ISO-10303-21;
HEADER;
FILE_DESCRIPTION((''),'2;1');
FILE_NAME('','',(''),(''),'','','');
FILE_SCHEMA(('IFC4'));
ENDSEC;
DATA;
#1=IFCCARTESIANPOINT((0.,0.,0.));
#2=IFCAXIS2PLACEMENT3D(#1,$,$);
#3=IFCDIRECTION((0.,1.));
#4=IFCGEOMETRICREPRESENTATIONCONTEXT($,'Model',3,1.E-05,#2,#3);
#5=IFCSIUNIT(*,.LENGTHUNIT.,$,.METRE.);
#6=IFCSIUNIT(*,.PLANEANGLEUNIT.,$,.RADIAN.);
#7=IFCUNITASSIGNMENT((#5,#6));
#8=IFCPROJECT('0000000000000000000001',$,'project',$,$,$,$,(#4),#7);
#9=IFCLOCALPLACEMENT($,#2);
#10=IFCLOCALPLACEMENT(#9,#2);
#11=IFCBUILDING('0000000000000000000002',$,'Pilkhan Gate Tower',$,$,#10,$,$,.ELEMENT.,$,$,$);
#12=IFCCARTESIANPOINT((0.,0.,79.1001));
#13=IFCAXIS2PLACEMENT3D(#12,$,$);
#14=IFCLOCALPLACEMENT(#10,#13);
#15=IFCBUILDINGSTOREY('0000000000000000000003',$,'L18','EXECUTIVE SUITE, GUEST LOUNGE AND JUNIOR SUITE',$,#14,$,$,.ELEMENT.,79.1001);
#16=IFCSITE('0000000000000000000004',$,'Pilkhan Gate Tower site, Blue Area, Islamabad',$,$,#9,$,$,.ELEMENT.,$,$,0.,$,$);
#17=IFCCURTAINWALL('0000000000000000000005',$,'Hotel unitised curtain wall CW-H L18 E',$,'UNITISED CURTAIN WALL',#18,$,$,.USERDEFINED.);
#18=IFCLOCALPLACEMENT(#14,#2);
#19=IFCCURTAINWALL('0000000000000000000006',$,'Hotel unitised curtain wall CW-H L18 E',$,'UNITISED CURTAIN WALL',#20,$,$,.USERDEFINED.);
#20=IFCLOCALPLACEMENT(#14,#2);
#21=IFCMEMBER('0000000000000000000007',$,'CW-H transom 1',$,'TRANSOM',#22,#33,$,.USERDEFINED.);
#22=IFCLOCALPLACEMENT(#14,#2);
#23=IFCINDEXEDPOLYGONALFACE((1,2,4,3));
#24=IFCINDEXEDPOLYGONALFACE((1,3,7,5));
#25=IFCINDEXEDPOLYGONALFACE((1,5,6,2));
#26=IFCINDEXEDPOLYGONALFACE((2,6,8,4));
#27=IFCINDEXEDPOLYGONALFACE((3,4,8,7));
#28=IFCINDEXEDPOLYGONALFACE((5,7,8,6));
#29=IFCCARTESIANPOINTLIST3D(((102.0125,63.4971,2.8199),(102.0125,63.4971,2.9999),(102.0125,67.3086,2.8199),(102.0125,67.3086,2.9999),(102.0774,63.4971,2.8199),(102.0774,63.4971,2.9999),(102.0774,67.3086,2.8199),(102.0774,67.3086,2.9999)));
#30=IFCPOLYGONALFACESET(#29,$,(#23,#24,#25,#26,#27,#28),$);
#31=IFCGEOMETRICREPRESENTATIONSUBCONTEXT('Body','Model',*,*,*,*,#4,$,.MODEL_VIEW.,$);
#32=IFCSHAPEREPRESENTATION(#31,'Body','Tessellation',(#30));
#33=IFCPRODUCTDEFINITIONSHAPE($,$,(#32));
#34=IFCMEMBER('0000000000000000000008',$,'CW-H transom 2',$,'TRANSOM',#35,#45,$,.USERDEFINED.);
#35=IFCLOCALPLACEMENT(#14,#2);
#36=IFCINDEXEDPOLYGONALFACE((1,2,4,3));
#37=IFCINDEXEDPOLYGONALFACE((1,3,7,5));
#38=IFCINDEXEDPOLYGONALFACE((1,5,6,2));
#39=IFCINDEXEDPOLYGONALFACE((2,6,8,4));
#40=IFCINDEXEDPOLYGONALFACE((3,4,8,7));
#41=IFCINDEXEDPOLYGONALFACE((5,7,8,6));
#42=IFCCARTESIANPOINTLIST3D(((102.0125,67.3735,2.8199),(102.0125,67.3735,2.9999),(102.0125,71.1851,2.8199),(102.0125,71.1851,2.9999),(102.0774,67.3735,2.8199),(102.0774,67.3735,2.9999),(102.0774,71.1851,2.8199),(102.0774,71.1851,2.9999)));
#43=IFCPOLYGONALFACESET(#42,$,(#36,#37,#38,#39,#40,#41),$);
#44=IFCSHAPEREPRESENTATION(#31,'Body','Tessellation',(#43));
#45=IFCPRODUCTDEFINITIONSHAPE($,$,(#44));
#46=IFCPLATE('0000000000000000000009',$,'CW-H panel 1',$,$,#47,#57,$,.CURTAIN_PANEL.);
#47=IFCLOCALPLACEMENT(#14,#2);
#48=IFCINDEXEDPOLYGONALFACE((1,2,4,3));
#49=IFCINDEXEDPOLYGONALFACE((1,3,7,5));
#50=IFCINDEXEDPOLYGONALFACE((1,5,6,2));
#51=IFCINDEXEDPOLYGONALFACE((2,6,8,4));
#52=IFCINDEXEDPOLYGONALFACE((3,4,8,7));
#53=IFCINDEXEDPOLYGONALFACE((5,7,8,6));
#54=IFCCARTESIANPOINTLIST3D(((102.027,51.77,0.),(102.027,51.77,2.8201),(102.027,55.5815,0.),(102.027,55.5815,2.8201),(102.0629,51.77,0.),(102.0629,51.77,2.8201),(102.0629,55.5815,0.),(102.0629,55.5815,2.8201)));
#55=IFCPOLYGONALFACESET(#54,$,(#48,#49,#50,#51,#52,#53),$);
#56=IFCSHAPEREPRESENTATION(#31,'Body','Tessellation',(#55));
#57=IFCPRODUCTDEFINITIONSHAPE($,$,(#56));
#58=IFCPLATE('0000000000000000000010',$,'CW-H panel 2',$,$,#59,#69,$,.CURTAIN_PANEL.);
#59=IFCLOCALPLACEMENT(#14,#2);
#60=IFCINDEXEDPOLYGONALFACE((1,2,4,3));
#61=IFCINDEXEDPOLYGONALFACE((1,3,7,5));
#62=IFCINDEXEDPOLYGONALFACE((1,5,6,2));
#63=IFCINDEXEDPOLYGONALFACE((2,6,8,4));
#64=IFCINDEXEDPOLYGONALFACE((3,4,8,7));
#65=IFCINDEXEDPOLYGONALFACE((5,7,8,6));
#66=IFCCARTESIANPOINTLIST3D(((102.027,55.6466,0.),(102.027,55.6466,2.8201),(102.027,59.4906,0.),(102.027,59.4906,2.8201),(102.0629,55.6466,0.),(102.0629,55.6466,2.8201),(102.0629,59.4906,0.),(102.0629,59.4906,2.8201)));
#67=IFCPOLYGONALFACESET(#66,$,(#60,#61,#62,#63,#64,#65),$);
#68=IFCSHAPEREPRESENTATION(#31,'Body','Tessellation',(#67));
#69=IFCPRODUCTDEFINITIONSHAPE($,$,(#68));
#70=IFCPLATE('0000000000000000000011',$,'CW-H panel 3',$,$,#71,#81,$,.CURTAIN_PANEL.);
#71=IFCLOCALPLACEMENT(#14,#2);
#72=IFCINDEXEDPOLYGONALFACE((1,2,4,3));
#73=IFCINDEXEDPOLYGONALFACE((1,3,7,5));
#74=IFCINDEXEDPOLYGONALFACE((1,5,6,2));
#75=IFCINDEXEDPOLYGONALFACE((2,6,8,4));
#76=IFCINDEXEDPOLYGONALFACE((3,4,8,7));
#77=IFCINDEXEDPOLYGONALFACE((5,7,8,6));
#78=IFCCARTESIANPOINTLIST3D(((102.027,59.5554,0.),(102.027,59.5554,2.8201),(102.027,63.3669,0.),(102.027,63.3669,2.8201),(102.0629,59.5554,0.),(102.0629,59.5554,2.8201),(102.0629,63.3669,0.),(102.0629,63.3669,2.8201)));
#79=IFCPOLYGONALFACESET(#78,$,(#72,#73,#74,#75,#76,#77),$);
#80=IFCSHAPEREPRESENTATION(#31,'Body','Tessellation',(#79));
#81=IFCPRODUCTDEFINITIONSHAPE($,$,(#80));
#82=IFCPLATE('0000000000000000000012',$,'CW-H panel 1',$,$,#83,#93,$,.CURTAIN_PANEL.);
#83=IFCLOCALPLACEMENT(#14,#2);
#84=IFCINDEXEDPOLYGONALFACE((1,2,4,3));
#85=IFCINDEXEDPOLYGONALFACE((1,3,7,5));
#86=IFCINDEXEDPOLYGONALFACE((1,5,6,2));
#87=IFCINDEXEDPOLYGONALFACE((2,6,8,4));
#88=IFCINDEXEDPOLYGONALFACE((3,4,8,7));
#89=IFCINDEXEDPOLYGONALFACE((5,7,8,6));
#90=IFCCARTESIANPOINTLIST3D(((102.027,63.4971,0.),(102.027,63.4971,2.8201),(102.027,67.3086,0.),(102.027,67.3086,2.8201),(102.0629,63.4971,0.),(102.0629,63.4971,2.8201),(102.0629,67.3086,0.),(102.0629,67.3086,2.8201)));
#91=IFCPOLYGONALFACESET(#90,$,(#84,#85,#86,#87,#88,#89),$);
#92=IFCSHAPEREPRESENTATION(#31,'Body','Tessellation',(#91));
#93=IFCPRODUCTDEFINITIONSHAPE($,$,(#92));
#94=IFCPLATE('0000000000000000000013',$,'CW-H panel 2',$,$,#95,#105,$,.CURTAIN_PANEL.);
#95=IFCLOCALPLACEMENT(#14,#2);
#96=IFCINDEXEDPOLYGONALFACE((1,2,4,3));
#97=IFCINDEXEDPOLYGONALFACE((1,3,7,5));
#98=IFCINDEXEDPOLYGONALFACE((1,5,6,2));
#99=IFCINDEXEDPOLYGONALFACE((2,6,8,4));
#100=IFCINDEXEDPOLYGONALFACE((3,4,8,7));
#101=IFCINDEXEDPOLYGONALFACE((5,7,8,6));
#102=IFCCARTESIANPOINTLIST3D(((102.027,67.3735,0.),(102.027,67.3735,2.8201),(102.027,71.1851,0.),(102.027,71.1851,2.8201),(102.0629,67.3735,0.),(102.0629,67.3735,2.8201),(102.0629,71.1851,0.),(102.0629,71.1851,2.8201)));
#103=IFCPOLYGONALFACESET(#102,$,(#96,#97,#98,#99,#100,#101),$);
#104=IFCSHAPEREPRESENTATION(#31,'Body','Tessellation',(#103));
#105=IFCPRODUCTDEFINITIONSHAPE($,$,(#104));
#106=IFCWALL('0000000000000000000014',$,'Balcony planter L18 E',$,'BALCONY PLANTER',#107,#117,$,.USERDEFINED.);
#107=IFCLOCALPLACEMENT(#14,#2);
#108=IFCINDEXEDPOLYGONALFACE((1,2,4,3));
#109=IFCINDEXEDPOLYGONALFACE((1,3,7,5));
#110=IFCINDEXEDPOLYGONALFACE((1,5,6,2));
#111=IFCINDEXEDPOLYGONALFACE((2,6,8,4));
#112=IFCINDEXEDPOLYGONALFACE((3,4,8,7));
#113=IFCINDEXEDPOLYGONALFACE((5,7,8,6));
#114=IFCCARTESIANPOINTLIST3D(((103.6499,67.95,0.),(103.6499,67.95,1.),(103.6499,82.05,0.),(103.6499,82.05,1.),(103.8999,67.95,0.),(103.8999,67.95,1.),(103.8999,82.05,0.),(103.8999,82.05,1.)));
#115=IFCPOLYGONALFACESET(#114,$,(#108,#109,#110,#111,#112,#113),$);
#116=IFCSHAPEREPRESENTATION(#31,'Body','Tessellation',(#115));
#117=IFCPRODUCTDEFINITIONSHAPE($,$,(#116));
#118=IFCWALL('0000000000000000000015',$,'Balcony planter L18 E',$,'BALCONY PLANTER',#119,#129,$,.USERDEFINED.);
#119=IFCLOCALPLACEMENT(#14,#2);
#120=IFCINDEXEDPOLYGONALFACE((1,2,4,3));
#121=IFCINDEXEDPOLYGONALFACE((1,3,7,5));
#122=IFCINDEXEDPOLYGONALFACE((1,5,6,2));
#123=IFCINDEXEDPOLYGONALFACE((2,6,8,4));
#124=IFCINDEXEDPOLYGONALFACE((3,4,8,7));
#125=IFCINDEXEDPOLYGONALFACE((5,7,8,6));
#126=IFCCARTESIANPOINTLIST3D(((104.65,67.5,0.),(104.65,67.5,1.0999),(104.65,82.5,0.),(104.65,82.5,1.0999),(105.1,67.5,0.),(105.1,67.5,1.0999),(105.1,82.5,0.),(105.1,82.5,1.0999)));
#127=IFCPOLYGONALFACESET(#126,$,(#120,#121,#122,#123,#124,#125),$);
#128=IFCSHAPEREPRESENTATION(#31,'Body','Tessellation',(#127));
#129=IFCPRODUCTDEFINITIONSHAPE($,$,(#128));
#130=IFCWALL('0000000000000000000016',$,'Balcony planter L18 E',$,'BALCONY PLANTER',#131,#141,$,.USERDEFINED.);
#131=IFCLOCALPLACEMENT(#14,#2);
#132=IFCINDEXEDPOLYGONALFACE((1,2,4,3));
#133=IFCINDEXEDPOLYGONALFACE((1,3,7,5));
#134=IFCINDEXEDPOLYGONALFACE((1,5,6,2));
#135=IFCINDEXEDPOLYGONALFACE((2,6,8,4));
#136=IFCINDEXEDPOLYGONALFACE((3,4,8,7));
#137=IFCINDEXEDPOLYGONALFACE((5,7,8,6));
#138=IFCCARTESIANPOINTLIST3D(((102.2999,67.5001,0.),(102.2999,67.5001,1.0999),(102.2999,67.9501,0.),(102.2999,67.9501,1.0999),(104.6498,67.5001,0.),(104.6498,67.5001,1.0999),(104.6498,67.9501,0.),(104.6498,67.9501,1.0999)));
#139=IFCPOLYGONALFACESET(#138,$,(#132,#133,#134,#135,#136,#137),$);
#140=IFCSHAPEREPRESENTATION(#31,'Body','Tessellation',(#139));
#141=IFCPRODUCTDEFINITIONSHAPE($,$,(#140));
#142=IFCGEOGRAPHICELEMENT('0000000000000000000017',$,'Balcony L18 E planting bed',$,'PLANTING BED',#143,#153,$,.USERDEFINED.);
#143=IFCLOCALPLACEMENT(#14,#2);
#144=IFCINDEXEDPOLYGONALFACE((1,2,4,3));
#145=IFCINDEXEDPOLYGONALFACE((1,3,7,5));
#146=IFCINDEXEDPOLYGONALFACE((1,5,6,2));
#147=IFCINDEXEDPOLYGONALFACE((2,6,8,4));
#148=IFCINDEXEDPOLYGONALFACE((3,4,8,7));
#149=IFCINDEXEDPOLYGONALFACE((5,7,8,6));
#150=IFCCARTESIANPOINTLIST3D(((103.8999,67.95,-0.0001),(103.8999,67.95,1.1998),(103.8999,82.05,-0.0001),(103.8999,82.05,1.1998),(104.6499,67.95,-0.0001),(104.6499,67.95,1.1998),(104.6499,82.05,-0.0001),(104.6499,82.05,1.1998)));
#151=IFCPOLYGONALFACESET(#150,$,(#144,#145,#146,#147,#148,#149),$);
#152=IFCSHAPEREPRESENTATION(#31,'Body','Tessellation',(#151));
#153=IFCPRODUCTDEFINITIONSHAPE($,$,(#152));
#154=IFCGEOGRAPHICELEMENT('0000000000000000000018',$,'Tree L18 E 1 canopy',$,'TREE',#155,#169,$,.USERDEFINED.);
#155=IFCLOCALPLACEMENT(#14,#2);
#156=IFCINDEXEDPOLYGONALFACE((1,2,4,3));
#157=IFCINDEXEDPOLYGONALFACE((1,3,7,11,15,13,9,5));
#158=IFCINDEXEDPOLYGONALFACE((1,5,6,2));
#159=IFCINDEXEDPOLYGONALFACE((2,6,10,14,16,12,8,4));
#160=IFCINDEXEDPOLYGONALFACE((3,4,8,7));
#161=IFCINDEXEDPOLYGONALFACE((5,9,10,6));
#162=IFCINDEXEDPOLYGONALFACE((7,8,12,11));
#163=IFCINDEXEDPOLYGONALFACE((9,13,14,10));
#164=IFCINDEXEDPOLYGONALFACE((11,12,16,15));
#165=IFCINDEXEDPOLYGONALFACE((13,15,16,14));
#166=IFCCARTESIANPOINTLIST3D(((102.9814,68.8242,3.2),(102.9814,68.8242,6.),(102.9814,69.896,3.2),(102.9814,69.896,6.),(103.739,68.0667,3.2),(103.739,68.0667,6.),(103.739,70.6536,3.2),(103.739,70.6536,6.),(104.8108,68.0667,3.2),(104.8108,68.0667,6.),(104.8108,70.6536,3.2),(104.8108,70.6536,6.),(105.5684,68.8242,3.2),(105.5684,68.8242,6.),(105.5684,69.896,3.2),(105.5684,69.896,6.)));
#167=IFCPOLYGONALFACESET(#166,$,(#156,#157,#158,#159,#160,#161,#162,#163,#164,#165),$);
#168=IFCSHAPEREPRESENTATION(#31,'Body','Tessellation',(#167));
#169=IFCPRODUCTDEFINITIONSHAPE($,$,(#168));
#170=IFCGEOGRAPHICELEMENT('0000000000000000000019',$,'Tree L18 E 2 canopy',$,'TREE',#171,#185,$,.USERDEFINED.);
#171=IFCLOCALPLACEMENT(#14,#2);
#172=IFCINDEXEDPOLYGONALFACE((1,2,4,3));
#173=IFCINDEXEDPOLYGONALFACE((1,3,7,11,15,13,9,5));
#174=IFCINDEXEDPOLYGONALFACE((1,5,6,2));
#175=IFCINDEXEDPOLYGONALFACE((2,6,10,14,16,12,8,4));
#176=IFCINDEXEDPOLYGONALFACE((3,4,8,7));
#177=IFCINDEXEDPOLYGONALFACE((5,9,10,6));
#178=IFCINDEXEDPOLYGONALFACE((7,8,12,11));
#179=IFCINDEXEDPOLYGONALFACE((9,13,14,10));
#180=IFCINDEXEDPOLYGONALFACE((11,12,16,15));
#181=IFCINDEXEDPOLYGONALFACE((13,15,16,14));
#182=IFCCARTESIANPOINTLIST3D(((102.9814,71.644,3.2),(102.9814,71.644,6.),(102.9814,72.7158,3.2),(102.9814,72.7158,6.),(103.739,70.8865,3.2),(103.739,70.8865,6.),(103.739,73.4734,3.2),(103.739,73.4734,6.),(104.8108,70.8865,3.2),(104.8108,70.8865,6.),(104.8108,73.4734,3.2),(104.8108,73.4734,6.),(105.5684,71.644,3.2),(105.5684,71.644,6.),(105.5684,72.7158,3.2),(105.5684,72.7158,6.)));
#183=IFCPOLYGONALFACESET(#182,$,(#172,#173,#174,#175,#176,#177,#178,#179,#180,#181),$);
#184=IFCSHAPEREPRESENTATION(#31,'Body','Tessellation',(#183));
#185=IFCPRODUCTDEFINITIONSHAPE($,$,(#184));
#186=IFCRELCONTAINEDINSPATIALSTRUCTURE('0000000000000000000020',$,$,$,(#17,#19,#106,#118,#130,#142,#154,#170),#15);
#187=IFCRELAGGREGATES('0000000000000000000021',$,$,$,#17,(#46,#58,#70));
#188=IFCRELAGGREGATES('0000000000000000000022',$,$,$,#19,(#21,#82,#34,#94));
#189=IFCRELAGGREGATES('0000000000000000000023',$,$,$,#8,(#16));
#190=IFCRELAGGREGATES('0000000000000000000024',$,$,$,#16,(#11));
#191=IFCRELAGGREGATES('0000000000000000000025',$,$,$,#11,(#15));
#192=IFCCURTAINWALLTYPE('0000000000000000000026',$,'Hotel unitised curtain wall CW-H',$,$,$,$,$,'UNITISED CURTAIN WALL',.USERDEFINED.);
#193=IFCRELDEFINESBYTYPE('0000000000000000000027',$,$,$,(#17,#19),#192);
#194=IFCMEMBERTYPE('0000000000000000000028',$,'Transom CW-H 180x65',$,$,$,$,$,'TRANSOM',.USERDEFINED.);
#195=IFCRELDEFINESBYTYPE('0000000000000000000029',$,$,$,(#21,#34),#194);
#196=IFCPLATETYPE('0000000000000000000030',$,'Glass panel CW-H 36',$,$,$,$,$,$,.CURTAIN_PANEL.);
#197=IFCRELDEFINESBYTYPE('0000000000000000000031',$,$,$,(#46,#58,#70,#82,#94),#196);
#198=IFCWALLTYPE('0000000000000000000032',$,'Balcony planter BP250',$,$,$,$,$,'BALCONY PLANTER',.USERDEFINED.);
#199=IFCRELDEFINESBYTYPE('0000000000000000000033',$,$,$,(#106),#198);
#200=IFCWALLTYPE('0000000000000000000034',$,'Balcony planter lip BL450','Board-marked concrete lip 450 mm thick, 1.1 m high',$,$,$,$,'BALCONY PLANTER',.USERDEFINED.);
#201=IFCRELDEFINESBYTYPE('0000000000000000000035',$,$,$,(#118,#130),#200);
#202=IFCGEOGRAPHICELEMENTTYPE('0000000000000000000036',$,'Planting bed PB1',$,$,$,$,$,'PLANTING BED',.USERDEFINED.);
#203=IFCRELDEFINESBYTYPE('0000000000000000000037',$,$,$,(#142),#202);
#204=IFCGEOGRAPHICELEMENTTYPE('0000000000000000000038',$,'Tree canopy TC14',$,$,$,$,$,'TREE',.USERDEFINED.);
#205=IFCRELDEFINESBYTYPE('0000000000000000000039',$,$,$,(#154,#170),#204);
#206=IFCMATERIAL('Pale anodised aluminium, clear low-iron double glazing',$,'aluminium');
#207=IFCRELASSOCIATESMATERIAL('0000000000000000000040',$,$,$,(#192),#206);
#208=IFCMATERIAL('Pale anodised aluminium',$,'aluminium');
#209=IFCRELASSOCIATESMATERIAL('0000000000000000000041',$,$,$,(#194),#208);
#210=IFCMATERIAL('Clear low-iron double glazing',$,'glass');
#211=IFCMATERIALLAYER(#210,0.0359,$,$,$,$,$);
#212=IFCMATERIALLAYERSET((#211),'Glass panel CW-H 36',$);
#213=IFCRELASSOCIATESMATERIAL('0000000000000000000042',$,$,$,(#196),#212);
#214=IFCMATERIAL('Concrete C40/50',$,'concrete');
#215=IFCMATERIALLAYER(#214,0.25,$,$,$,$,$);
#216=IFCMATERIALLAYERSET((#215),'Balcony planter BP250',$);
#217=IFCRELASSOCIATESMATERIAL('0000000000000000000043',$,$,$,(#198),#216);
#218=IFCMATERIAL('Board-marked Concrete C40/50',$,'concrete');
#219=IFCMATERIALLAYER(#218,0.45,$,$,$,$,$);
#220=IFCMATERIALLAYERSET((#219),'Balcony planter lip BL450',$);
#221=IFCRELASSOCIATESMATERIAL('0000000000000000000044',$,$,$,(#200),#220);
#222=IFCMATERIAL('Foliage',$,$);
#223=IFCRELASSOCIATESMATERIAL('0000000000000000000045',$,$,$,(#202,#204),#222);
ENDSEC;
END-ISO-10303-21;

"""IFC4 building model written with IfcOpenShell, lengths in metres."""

from ifc_helpers import new_model, si_unit, direction, frame, frame_2d, origin, origin_2d, place, context, subcontext, project, spatial, polyline, rectangle, outline, extrude, material, layer, layer_set, material_profile, profile_set, type_object, element, aggregate, save


model = new_model("IFC4")

# Units and contexts
model_context = context("Model", 3, precision=1e-05, world=origin(), true_north=direction((0.0, 1.0)))
body_context = subcontext(model_context, "Body", "Model", "MODEL_VIEW")
ifc_project = project(units=[si_unit("LENGTHUNIT", "METRE"), si_unit("PLANEANGLEUNIT", "RADIAN")], contexts=[model_context])

# Site, building, storey
site_placement = place(None, origin())
site = spatial("IfcSite", under=ifc_project, at=site_placement, Name="Pilkhan Gate Tower site, Blue Area, Islamabad", CompositionType="ELEMENT", RefElevation=0.0)
building_placement = place(site_placement, origin())
building = spatial("IfcBuilding", under=site, at=building_placement, Name="Pilkhan Gate Tower", CompositionType="ELEMENT")
storey_placement = place(building_placement, frame((0.0, 0.0, 79.1001)))
storey = spatial("IfcBuildingStorey", under=building, at=storey_placement, Name="L18", Description="EXECUTIVE SUITE, GUEST LOUNGE AND JUNIOR SUITE", CompositionType="ELEMENT", Elevation=79.1001)

# Curtain walls
ifc_material_1 = material(Name="Pale anodised aluminium, clear low-iron double glazing", Category="aluminium")
curtain_wall_type = type_object("IfcCurtainWallType", Name="Hotel unitised curtain wall CW-H", ElementType="UNITISED CURTAIN WALL", PredefinedType="USERDEFINED", material=ifc_material_1)
curtain_wall_1_placement = place(storey_placement, origin())
curtain_wall_1 = element("IfcCurtainWall", 1, at=curtain_wall_1_placement, inside=storey, type_object=curtain_wall_type, Name="Hotel unitised curtain wall CW-H L18 E", ObjectType="UNITISED CURTAIN WALL", PredefinedType="USERDEFINED")
ifc_material_2 = material(Name="Pale anodised aluminium", Category="aluminium")
curtain_wall_2_placement = place(storey_placement, origin())
curtain_wall_2 = element("IfcCurtainWall", 2, at=curtain_wall_2_placement, inside=storey, type_object=curtain_wall_type, Name="Hotel unitised curtain wall CW-H L18 E", ObjectType="UNITISED CURTAIN WALL", PredefinedType="USERDEFINED")

# Members
ifc_material_profile_1 = material_profile(ifc_material_2, rectangle(XDim=0.0649, YDim=0.1799, at=origin_2d()), Name="Transom 180x65")
ifc_profile_set_1 = profile_set([ifc_material_profile_1], Name="Pale anodised aluminium")
member_type_1 = type_object("IfcMemberType", Name="Transom CW-H 180x65", ElementType="TRANSOM", PredefinedType="USERDEFINED", material=ifc_profile_set_1)
member_1_placement = place(storey_placement, frame((102.0449, 63.4971, 2.9099), z_axis=(0.0, 1.0, 0.0), x_axis=(-1.0, 0.0, 0.0)))
member_1 = element("IfcMember", 3, at=member_1_placement, type_object=member_type_1, Name="CW-H transom 1", ObjectType="TRANSOM", PredefinedType="USERDEFINED", context=body_context, shape_type="SweptSolid", body=[
    extrude(rectangle(XDim=0.0649, YDim=0.1799, at=origin_2d()), origin(), (0.0, 0.0, 1.0), 3.8115),
])
member_2_placement = place(storey_placement, frame((102.0449, 67.3735, 2.9099), z_axis=(0.0, 1.0, 0.0), x_axis=(-1.0, 0.0, 0.0)))
member_2 = element("IfcMember", 4, at=member_2_placement, type_object=member_type_1, Name="CW-H transom 2", ObjectType="TRANSOM", PredefinedType="USERDEFINED", context=body_context, shape_type="SweptSolid", body=[
    extrude(rectangle(XDim=0.0649, YDim=0.1799, at=origin_2d()), origin(), (0.0, 0.0, 1.0), 3.8115),
])

# Plates
ifc_material_3 = material(Name="Clear low-iron double glazing", Category="glass")
ifc_layer_1 = layer(ifc_material_3, 0.0359)
ifc_layer_set_1 = layer_set([ifc_layer_1], Name="Glass panel CW-H 36")
plate_type = type_object("IfcPlateType", Name="Glass panel CW-H 36", PredefinedType="CURTAIN_PANEL", material=ifc_layer_set_1)
plate_1_placement = place(storey_placement, frame((102.0449, 53.6758, 0.0), z_axis=(0.0, 0.0, 1.0), x_axis=(0.0, 1.0, 0.0)))
plate_1 = element("IfcPlate", 5, at=plate_1_placement, type_object=plate_type, Name="CW-H panel 1", PredefinedType="CURTAIN_PANEL", context=body_context, shape_type="SweptSolid", body=[
    extrude(rectangle(XDim=3.8115, YDim=0.0359, at=origin_2d()), origin(), (0.0, 0.0, 1.0), 2.8201),
])
plate_2_placement = place(storey_placement, frame((102.0449, 57.5686, 0.0), z_axis=(0.0, 0.0, 1.0), x_axis=(0.0, 1.0, 0.0)))
plate_2 = element("IfcPlate", 6, at=plate_2_placement, type_object=plate_type, Name="CW-H panel 2", PredefinedType="CURTAIN_PANEL", context=body_context, shape_type="SweptSolid", body=[
    extrude(rectangle(XDim=3.844, YDim=0.0359, at=origin_2d()), origin(), (0.0, 0.0, 1.0), 2.8201),
])
plate_3_placement = place(storey_placement, frame((102.0449, 61.4612, 0.0), z_axis=(0.0, 0.0, 1.0), x_axis=(0.0, 1.0, 0.0)))
plate_3 = element("IfcPlate", 7, at=plate_3_placement, type_object=plate_type, Name="CW-H panel 3", PredefinedType="CURTAIN_PANEL", context=body_context, shape_type="SweptSolid", body=[
    extrude(rectangle(XDim=3.8115, YDim=0.0359, at=origin_2d()), origin(), (0.0, 0.0, 1.0), 2.8201),
])
aggregate(curtain_wall_1, [plate_1, plate_2, plate_3])
plate_4_placement = place(storey_placement, frame((102.0449, 65.4028, 0.0), z_axis=(0.0, 0.0, 1.0), x_axis=(0.0, 1.0, 0.0)))
plate_4 = element("IfcPlate", 8, at=plate_4_placement, type_object=plate_type, Name="CW-H panel 1", PredefinedType="CURTAIN_PANEL", context=body_context, shape_type="SweptSolid", body=[
    extrude(rectangle(XDim=3.8115, YDim=0.0359, at=origin_2d()), origin(), (0.0, 0.0, 1.0), 2.8201),
])
plate_5_placement = place(storey_placement, frame((102.0449, 69.2793, 0.0), z_axis=(0.0, 0.0, 1.0), x_axis=(0.0, 1.0, 0.0)))
plate_5 = element("IfcPlate", 9, at=plate_5_placement, type_object=plate_type, Name="CW-H panel 2", PredefinedType="CURTAIN_PANEL", context=body_context, shape_type="SweptSolid", body=[
    extrude(rectangle(XDim=3.8115, YDim=0.0359, at=origin_2d()), origin(), (0.0, 0.0, 1.0), 2.8201),
])
aggregate(curtain_wall_2, [member_1, plate_4, member_2, plate_5])

# Walls
ifc_material_4 = material(Name="Concrete C40/50", Category="concrete")
ifc_layer_2 = layer(ifc_material_4, 0.25)
ifc_layer_set_2 = layer_set([ifc_layer_2], Name="Balcony planter BP250")
wall_type_1 = type_object("IfcWallType", Name="Balcony planter BP250", ElementType="BALCONY PLANTER", PredefinedType="USERDEFINED", material=ifc_layer_set_2)
wall_1_placement = place(storey_placement, frame((103.7749, 67.95, 0.0), z_axis=(0.0, 0.0, 1.0), x_axis=(0.0, 1.0, 0.0)))
element("IfcWall", 10, at=wall_1_placement, inside=storey, type_object=wall_type_1, Name="Balcony planter L18 E", ObjectType="BALCONY PLANTER", PredefinedType="USERDEFINED", context=body_context, shape_type="SweptSolid", body=[
    extrude(rectangle(XDim=14.1001, YDim=0.25, at=frame_2d((7.05, 0.0))), origin(), (0.0, 0.0, 1.0), 1.0),
])
ifc_material_5 = material(Name="Board-marked Concrete C40/50", Category="concrete")
ifc_layer_3 = layer(ifc_material_5, 0.45)
ifc_layer_set_3 = layer_set([ifc_layer_3], Name="Balcony planter lip BL450")
wall_type_2 = type_object("IfcWallType", Name="Balcony planter lip BL450", Description="Board-marked concrete lip 450 mm thick, 1.1 m high", ElementType="BALCONY PLANTER", PredefinedType="USERDEFINED", material=ifc_layer_set_3)
wall_2_placement = place(storey_placement, frame((104.875, 67.5, 0.0), z_axis=(0.0, 0.0, 1.0), x_axis=(0.0, 1.0, 0.0)))
element("IfcWall", 11, at=wall_2_placement, inside=storey, type_object=wall_type_2, Name="Balcony planter L18 E", ObjectType="BALCONY PLANTER", PredefinedType="USERDEFINED", context=body_context, shape_type="SweptSolid", body=[
    extrude(rectangle(XDim=15.0, YDim=0.45, at=frame_2d((7.5, 0.0))), origin(), (0.0, 0.0, 1.0), 1.0999),
])
wall_3_placement = place(storey_placement, frame((102.3, 67.7251, 0.0), z_axis=(0.0, 0.0, 1.0), x_axis=(1.0, 0.0, 0.0)))
element("IfcWall", 12, at=wall_3_placement, inside=storey, type_object=wall_type_2, Name="Balcony planter L18 E", ObjectType="BALCONY PLANTER", PredefinedType="USERDEFINED", context=body_context, shape_type="SweptSolid", body=[
    extrude(rectangle(XDim=2.3499, YDim=0.45, at=frame_2d((1.1748, 0.0))), origin(), (0.0, 0.0, 1.0), 1.0999),
])

# Geographic elements
ifc_material_6 = material(Name="Foliage")
ifc_material_profile_2 = material_profile(ifc_material_6, rectangle(XDim=0.75, YDim=1.2, at=origin_2d()), Name="Bed 750x1200")
ifc_profile_set_2 = profile_set([ifc_material_profile_2], Name="Foliage")
geographic_element_type_1 = type_object("IfcGeographicElementType", Name="Planting bed PB1", ElementType="PLANTING BED", PredefinedType="USERDEFINED", material=ifc_profile_set_2)
geographic_element_placement = place(storey_placement, frame((104.2749, 67.95, 0.5999), z_axis=(0.0, 1.0, 0.0), x_axis=(-1.0, 0.0, 0.0)))
element("IfcGeographicElement", 13, at=geographic_element_placement, inside=storey, type_object=geographic_element_type_1, Name="Balcony L18 E planting bed", ObjectType="PLANTING BED", PredefinedType="USERDEFINED", context=body_context, shape_type="SweptSolid", body=[
    extrude(rectangle(XDim=0.75, YDim=1.2, at=origin_2d()), origin(), (0.0, 0.0, 1.0), 14.1001),
])
ifc_material_profile_3 = material_profile(ifc_material_6, outline(polyline([(1.2935, 0.5359), (0.5359, 1.2935), (-0.5359, 1.2935), (-1.2935, 0.5359), (-1.2935, -0.5359), (-0.5359, -1.2935), (0.5359, -1.2935), (1.2935, -0.5359), (1.2935, 0.5359)])), Name="Canopy D2.8")
ifc_profile_set_3 = profile_set([ifc_material_profile_3], Name="Foliage")
geographic_element_type_2 = type_object("IfcGeographicElementType", Name="Tree canopy TC14", ElementType="TREE", PredefinedType="USERDEFINED", material=ifc_profile_set_3)
for number, where, z_axis, x_axis, name in (
    (14, (104.2749, 69.3601, 3.2), (0.0, 0.0, 1.0), (1.0, 0.0, 0.0), "Tree L18 E 1 canopy"),
    (15, (104.2749, 72.1799, 3.2), (0.0, 0.0, 1.0), (1.0, 0.0, 0.0), "Tree L18 E 2 canopy"),
):
    element("IfcGeographicElement", number, at=place(storey_placement, frame(where, z_axis=z_axis, x_axis=x_axis)), inside=storey, type_object=geographic_element_type_2, Name=name, ObjectType="TREE", PredefinedType="USERDEFINED", context=body_context, shape_type="SweptSolid", body=[
        extrude(outline(polyline([(1.2935, 0.5359), (0.5359, 1.2935), (-0.5359, 1.2935), (-1.2935, 0.5359), (-1.2935, -0.5359), (-0.5359, -1.2935), (0.5359, -1.2935), (1.2935, -0.5359), (1.2935, 0.5359)])), origin(), (0.0, 0.0, 1.0), 2.8),
    ])

save(model, "model.ifc")
